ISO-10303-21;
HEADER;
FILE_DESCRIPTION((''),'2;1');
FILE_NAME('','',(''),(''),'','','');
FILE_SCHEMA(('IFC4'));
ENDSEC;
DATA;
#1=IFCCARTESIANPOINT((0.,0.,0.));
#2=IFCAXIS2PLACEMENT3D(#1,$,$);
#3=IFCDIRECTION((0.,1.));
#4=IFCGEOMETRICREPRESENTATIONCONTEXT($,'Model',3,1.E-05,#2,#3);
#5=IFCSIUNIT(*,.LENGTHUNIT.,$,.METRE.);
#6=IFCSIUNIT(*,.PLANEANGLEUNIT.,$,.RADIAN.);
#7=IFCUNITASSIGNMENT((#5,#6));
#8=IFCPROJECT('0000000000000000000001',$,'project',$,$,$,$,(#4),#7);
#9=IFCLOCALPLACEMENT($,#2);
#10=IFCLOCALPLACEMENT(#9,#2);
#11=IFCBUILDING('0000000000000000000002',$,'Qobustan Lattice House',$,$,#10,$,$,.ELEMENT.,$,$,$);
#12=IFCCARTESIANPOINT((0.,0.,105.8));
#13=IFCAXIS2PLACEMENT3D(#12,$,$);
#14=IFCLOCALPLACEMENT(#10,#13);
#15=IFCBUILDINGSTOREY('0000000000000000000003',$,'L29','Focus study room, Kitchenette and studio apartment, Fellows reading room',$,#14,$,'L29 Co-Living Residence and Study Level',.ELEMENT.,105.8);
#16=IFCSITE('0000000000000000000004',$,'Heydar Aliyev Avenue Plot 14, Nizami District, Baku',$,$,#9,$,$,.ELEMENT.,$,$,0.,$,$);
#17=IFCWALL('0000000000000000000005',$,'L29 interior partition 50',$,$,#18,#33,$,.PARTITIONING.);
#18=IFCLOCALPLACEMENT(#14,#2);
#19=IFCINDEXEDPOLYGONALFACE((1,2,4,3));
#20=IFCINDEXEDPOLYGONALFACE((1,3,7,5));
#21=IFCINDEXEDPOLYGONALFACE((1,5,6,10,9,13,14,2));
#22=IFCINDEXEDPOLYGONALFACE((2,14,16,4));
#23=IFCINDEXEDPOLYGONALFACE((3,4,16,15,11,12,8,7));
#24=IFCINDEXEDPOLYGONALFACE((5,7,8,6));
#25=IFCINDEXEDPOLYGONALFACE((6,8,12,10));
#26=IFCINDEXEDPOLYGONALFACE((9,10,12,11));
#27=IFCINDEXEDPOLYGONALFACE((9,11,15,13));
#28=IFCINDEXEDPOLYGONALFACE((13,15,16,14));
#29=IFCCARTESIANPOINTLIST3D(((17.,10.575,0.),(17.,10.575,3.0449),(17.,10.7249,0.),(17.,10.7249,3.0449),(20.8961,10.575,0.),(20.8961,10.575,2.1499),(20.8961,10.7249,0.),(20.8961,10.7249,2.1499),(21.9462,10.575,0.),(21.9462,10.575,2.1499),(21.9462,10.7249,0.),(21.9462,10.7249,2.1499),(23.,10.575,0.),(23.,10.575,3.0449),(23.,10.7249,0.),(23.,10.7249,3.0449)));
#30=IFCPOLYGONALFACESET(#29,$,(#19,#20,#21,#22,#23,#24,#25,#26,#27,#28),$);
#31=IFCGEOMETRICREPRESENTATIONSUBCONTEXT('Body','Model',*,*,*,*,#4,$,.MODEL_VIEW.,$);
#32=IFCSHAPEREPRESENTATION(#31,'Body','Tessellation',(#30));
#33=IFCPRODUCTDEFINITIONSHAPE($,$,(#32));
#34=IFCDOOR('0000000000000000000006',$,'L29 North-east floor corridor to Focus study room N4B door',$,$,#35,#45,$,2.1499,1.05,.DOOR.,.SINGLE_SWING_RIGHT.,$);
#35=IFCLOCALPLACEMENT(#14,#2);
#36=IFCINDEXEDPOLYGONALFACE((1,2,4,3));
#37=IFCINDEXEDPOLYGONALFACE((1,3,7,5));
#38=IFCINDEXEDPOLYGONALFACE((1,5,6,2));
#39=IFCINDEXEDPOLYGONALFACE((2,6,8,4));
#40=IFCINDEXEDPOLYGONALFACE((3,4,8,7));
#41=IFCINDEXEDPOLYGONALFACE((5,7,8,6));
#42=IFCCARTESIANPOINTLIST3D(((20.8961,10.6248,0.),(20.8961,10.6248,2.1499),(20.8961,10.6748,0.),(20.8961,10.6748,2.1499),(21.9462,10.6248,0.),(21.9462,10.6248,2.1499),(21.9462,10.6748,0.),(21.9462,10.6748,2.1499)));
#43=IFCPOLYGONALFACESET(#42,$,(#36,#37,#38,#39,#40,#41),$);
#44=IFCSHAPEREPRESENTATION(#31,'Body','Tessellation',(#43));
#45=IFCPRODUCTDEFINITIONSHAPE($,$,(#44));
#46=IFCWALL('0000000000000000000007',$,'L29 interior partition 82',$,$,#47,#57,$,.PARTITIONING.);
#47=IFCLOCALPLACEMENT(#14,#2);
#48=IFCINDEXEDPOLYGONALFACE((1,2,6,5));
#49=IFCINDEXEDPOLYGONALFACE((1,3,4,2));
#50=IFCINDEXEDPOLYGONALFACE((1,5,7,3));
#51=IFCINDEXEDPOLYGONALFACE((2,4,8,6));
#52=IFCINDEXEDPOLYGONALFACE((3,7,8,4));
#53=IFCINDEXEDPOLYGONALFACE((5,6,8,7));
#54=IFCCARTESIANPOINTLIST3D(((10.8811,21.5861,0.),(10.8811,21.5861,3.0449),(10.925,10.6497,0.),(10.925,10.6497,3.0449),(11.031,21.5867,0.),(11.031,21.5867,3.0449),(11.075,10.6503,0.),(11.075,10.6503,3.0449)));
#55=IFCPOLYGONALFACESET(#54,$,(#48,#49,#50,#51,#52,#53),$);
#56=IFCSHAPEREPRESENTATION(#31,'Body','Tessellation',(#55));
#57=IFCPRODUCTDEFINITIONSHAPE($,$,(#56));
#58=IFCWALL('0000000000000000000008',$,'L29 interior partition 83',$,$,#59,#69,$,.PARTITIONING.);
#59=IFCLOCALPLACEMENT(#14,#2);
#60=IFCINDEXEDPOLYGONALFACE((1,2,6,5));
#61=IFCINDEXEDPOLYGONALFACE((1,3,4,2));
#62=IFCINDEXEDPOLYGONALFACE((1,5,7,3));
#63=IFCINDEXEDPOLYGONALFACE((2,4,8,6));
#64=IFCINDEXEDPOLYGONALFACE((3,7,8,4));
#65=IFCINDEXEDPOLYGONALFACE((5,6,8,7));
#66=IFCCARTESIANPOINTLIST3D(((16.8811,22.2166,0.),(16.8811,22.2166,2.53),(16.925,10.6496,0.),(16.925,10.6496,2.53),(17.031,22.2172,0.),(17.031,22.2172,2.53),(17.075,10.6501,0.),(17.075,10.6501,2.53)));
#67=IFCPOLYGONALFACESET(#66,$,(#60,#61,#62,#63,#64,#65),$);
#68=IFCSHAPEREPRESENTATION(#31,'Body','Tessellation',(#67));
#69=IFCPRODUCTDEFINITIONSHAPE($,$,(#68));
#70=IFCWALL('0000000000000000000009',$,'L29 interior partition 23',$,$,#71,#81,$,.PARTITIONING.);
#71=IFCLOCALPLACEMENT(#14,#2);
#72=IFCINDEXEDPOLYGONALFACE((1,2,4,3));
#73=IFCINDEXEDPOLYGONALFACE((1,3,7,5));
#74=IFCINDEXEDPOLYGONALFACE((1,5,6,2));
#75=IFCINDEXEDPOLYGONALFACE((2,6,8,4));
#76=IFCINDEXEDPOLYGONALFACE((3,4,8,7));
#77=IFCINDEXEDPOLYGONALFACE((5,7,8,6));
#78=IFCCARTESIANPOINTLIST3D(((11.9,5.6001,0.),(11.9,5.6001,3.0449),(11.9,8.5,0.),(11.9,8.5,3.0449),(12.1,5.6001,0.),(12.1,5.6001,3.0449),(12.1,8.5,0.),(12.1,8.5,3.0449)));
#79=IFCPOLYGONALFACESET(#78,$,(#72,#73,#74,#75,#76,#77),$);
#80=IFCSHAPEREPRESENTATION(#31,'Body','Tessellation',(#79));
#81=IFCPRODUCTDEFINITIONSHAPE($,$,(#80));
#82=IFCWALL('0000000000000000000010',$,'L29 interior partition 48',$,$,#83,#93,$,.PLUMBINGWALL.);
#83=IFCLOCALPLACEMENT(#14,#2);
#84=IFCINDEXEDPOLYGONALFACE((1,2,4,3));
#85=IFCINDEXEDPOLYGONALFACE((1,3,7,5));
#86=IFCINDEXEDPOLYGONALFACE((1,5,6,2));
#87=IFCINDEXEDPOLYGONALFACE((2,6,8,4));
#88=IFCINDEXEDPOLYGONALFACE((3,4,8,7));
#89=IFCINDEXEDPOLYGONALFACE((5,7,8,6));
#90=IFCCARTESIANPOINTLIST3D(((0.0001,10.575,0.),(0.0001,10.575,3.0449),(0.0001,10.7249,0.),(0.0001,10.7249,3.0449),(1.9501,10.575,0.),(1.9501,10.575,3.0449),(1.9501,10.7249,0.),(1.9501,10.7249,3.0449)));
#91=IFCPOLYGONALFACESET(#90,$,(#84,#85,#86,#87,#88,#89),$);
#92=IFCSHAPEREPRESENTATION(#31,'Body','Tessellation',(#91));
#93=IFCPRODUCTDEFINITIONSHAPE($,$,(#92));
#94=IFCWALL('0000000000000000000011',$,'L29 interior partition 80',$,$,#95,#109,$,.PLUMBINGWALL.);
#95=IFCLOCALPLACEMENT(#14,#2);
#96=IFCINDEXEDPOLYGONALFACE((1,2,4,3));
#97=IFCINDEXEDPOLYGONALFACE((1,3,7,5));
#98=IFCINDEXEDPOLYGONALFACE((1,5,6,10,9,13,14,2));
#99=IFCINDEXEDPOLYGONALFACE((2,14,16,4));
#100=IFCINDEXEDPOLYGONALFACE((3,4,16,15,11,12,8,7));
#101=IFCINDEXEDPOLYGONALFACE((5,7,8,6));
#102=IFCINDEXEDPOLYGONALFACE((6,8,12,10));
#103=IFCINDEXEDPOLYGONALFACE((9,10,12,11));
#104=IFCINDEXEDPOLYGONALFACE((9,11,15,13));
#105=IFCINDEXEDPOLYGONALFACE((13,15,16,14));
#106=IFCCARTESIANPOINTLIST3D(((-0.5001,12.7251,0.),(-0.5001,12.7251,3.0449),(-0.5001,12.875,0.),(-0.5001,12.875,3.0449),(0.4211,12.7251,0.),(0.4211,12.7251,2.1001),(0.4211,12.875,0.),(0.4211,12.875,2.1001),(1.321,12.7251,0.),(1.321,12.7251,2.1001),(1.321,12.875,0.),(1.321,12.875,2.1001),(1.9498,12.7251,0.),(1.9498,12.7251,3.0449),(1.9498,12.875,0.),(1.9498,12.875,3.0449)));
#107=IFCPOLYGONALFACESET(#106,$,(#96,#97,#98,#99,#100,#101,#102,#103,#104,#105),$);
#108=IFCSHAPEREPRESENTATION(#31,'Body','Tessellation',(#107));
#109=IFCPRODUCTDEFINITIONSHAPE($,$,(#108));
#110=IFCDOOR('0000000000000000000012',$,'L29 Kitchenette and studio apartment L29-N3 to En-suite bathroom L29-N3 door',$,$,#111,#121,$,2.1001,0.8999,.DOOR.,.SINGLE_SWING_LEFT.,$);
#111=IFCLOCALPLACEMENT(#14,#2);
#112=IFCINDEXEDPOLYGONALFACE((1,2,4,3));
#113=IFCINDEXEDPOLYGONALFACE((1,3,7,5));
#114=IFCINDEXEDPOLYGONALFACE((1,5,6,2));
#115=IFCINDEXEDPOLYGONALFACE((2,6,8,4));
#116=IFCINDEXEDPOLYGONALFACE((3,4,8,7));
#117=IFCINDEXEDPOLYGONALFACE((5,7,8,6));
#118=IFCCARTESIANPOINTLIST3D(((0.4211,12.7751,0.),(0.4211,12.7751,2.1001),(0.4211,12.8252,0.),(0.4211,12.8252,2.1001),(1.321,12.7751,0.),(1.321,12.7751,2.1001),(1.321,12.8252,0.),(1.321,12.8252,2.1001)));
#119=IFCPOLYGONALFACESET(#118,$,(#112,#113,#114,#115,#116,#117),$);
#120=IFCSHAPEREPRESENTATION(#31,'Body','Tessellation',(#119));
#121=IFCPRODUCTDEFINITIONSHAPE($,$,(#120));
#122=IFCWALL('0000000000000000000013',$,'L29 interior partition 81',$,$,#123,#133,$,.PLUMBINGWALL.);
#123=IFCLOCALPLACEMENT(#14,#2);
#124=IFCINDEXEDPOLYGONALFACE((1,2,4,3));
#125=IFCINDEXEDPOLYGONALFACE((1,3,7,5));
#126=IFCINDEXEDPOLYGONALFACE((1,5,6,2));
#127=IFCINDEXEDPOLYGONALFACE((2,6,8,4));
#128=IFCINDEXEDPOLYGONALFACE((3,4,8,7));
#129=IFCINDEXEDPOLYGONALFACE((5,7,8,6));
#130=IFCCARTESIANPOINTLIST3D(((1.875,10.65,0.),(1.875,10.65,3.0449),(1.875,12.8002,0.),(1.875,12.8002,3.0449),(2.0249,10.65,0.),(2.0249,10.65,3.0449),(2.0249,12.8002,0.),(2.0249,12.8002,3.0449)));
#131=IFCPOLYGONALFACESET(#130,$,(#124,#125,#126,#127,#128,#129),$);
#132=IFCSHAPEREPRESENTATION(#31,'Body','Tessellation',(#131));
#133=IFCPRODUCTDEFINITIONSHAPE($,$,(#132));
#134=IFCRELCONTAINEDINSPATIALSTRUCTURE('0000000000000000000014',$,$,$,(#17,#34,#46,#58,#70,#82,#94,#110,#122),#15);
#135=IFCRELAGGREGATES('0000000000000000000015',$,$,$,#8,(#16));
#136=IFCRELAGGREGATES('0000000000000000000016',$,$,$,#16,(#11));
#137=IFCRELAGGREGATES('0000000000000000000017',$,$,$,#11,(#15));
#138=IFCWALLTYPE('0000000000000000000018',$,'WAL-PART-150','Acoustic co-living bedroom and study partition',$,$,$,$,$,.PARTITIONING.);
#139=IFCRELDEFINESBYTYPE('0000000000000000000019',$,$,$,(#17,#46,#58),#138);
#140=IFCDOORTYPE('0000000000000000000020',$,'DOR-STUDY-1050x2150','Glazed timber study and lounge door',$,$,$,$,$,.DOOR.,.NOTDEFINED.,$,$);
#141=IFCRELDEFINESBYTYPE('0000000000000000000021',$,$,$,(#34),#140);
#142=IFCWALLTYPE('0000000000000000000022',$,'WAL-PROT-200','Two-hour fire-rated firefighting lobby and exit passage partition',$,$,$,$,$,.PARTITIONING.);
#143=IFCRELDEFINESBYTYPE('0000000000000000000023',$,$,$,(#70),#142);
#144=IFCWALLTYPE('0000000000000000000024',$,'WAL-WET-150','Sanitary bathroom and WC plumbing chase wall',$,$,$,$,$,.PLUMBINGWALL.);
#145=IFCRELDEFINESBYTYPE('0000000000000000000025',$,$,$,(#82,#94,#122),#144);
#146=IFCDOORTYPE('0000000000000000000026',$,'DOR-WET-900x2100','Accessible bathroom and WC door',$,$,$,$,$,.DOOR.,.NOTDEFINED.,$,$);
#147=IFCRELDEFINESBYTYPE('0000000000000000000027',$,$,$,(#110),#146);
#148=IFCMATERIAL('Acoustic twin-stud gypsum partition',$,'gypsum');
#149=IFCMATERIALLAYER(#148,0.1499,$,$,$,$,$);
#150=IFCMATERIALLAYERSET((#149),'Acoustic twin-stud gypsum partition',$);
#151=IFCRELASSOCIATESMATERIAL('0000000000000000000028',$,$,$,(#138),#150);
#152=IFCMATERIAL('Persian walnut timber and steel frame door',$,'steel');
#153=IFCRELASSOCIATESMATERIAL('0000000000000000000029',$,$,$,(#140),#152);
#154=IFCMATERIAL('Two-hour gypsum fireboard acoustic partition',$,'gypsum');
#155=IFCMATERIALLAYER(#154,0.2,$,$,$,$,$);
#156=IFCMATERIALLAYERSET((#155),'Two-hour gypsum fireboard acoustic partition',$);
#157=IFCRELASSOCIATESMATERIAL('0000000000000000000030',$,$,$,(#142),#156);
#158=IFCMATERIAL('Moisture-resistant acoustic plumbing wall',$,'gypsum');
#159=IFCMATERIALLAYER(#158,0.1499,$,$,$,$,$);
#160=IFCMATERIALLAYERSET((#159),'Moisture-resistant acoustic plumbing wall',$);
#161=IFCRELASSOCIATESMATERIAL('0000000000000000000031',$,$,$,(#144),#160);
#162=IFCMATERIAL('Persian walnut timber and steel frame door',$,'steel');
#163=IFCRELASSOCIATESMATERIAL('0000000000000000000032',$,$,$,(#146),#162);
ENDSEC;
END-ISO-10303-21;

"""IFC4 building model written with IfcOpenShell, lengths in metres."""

from ifc_helpers import new_model, si_unit, direction, frame, frame_2d, origin, place, context, subcontext, project, spatial, rectangle, extrude, material, layer, layer_set, type_object, element, fill, save


model = new_model("IFC4")

# Units and contexts
model_context = context("Model", 3, precision=1e-05, world=origin(), true_north=direction((0.0, 1.0)))
body_context = subcontext(model_context, "Body", "Model", "MODEL_VIEW")
ifc_project = project(units=[si_unit("LENGTHUNIT", "METRE"), si_unit("PLANEANGLEUNIT", "RADIAN")], contexts=[model_context])

# Site, building, storey
site_placement = place(None, origin())
site = spatial("IfcSite", under=ifc_project, at=site_placement, Name="Heydar Aliyev Avenue Plot 14, Nizami District, Baku", CompositionType="ELEMENT", RefElevation=0.0)
building_placement = place(site_placement, origin())
building = spatial("IfcBuilding", under=site, at=building_placement, Name="Qobustan Lattice House", CompositionType="ELEMENT")
storey_placement = place(building_placement, frame((0.0, 0.0, 105.8)))
storey = spatial("IfcBuildingStorey", under=building, at=storey_placement, Name="L29", Description="Focus study room, Kitchenette and studio apartment, Fellows reading room", LongName="L29 Co-Living Residence and Study Level", CompositionType="ELEMENT", Elevation=105.8)

# Wall, opening, door
ifc_material_1 = material(Name="Acoustic twin-stud gypsum partition", Category="gypsum")
ifc_layer_1 = layer(ifc_material_1, 0.1499)
ifc_layer_set_1 = layer_set([ifc_layer_1], Name="Acoustic twin-stud gypsum partition")
wall_type_1 = type_object("IfcWallType", Name="WAL-PART-150", Description="Acoustic co-living bedroom and study partition", PredefinedType="PARTITIONING", material=ifc_layer_set_1)
ifc_material_2 = material(Name="Persian walnut timber and steel frame door", Category="steel")
door_type_1 = type_object("IfcDoorType", Name="DOR-STUDY-1050x2150", Description="Glazed timber study and lounge door", OperationType="NOTDEFINED", PredefinedType="DOOR", material=ifc_material_2)
wall_1_placement = place(storey_placement, frame((17.0, 10.6499, 0.0), z_axis=(0.0, 0.0, 1.0), x_axis=(1.0, 0.0, 0.0)))
wall_1 = element("IfcWall", 1, at=wall_1_placement, inside=storey, type_object=wall_type_1, Name="L29 interior partition 50", PredefinedType="PARTITIONING", context=body_context, shape_type="SweptSolid", body=[
    extrude(rectangle(XDim=6.0, YDim=0.1499, at=frame_2d((3.0, 0.0))), origin(), (0.0, 0.0, 1.0), 3.0449),
])
opening_1_placement = place(wall_1_placement, frame((3.8962, 0.0, 0.0)))
opening_1 = element("IfcOpeningElement", 2, at=opening_1_placement, cuts=wall_1, PredefinedType="OPENING", context=body_context, shape_type="SweptSolid", body=[
    extrude(rectangle(XDim=1.05, YDim=2.1499, at=frame_2d((0.5249, 1.075))), frame((0.0, 0.085, 0.0), z_axis=(0.0, -1.0, 0.0), x_axis=(1.0, 0.0, 0.0)), (0.0, 0.0, 1.0), 0.1699),
])
door_1_placement = place(opening_1_placement, origin())
door_1 = element("IfcDoor", 3, at=door_1_placement, inside=storey, type_object=door_type_1, Name="L29 North-east floor corridor to Focus study room N4B door", OperationType="SINGLE_SWING_RIGHT", OverallHeight=2.1499, OverallWidth=1.05, PredefinedType="DOOR", context=body_context, shape_type="SweptSolid", body=[
    extrude(rectangle(XDim=1.05, YDim=2.1499, at=frame_2d((0.5249, 1.075))), frame((0.0, 0.0249, 0.0), z_axis=(0.0, -1.0, 0.0), x_axis=(1.0, 0.0, 0.0)), (0.0, 0.0, 1.0), 0.05),
])
fill(opening_1, door_1)

# Walls
wall_2_placement = place(storey_placement, frame((10.9561, 21.5864, 0.0), z_axis=(0.0, 0.0, 1.0), x_axis=(0.004018, -0.999992, 0.0)))
element("IfcWall", 4, at=wall_2_placement, inside=storey, type_object=wall_type_1, Name="L29 interior partition 82", PredefinedType="PARTITIONING", context=body_context, shape_type="SweptSolid", body=[
    extrude(rectangle(XDim=10.9365, YDim=0.1499, at=frame_2d((5.4683, 0.0))), origin(), (0.0, 0.0, 1.0), 3.0449),
])
wall_3_placement = place(storey_placement, frame((16.9561, 22.217, 0.0), z_axis=(0.0, 0.0, 1.0), x_axis=(0.003799, -0.999993, 0.0)))
element("IfcWall", 5, at=wall_3_placement, inside=storey, type_object=wall_type_1, Name="L29 interior partition 83", PredefinedType="PARTITIONING", context=body_context, shape_type="SweptSolid", body=[
    extrude(rectangle(XDim=11.5671, YDim=0.1499, at=frame_2d((5.7837, 0.0))), origin(), (0.0, 0.0, 1.0), 2.53),
])
ifc_material_3 = material(Name="Two-hour gypsum fireboard acoustic partition", Category="gypsum")
ifc_layer_2 = layer(ifc_material_3, 0.2)
ifc_layer_set_2 = layer_set([ifc_layer_2], Name="Two-hour gypsum fireboard acoustic partition")
wall_type_2 = type_object("IfcWallType", Name="WAL-PROT-200", Description="Two-hour fire-rated firefighting lobby and exit passage partition", PredefinedType="PARTITIONING", material=ifc_layer_set_2)
wall_4_placement = place(storey_placement, frame((12.0, 8.5, 0.0), z_axis=(0.0, 0.0, 1.0), x_axis=(0.0, -1.0, 0.0)))
element("IfcWall", 6, at=wall_4_placement, inside=storey, type_object=wall_type_2, Name="L29 interior partition 23", PredefinedType="PARTITIONING", context=body_context, shape_type="SweptSolid", body=[
    extrude(rectangle(XDim=2.8999, YDim=0.2, at=frame_2d((1.45, 0.0))), origin(), (0.0, 0.0, 1.0), 3.0449),
])
ifc_material_4 = material(Name="Moisture-resistant acoustic plumbing wall", Category="gypsum")
ifc_layer_3 = layer(ifc_material_4, 0.1499)
ifc_layer_set_3 = layer_set([ifc_layer_3], Name="Moisture-resistant acoustic plumbing wall")
wall_type_3 = type_object("IfcWallType", Name="WAL-WET-150", Description="Sanitary bathroom and WC plumbing chase wall", PredefinedType="PLUMBINGWALL", material=ifc_layer_set_3)
wall_5_placement = place(storey_placement, frame((0.0, 10.6499, 0.0), z_axis=(0.0, 0.0, 1.0), x_axis=(1.0, 0.0, 0.0)))
element("IfcWall", 7, at=wall_5_placement, inside=storey, type_object=wall_type_3, Name="L29 interior partition 48", PredefinedType="PLUMBINGWALL", context=body_context, shape_type="SweptSolid", body=[
    extrude(rectangle(XDim=1.95, YDim=0.1499, at=frame_2d((0.9751, 0.0))), origin(), (0.0, 0.0, 1.0), 3.0449),
])

# Wall, opening, door
wall_6_placement = place(storey_placement, frame((1.95, 12.8, 0.0), z_axis=(0.0, 0.0, 1.0), x_axis=(-1.0, 0.0, 0.0)))
wall_6 = element("IfcWall", 8, at=wall_6_placement, inside=storey, type_object=wall_type_3, Name="L29 interior partition 80", PredefinedType="PLUMBINGWALL", context=body_context, shape_type="SweptSolid", body=[
    extrude(rectangle(XDim=2.45, YDim=0.1499, at=frame_2d((1.2251, 0.0))), origin(), (0.0, 0.0, 1.0), 3.0449),
])
opening_2_placement = place(wall_6_placement, frame((0.6289, 0.0, 0.0)))
opening_2 = element("IfcOpeningElement", 9, at=opening_2_placement, cuts=wall_6, PredefinedType="OPENING", context=body_context, shape_type="SweptSolid", body=[
    extrude(rectangle(XDim=0.8999, YDim=2.1001, at=frame_2d((0.45, 1.05))), frame((0.0, 0.085, 0.0), z_axis=(0.0, -1.0, 0.0), x_axis=(1.0, 0.0, 0.0)), (0.0, 0.0, 1.0), 0.1699),
])
ifc_material_5 = material(Name="Persian walnut timber and steel frame door", Category="steel")
door_type_2 = type_object("IfcDoorType", Name="DOR-WET-900x2100", Description="Accessible bathroom and WC door", OperationType="NOTDEFINED", PredefinedType="DOOR", material=ifc_material_5)
door_2_placement = place(opening_2_placement, origin())
door_2 = element("IfcDoor", 10, at=door_2_placement, inside=storey, type_object=door_type_2, Name="L29 Kitchenette and studio apartment L29-N3 to En-suite bathroom L29-N3 door", OperationType="SINGLE_SWING_LEFT", OverallHeight=2.1001, OverallWidth=0.8999, PredefinedType="DOOR", context=body_context, shape_type="SweptSolid", body=[
    extrude(rectangle(XDim=0.8999, YDim=2.1001, at=frame_2d((0.45, 1.05))), frame((0.0, 0.0249, 0.0), z_axis=(0.0, -1.0, 0.0), x_axis=(1.0, 0.0, 0.0)), (0.0, 0.0, 1.0), 0.05),
])
fill(opening_2, door_2)

# Wall
wall_7_placement = place(storey_placement, frame((1.95, 10.6499, 0.0), z_axis=(0.0, 0.0, 1.0), x_axis=(0.0, 1.0, 0.0)))
element("IfcWall", 11, at=wall_7_placement, inside=storey, type_object=wall_type_3, Name="L29 interior partition 81", PredefinedType="PLUMBINGWALL", context=body_context, shape_type="SweptSolid", body=[
    extrude(rectangle(XDim=2.1501, YDim=0.1499, at=frame_2d((1.0752, 0.0))), origin(), (0.0, 0.0, 1.0), 3.0449),
])

save(model, "model.ifc")
